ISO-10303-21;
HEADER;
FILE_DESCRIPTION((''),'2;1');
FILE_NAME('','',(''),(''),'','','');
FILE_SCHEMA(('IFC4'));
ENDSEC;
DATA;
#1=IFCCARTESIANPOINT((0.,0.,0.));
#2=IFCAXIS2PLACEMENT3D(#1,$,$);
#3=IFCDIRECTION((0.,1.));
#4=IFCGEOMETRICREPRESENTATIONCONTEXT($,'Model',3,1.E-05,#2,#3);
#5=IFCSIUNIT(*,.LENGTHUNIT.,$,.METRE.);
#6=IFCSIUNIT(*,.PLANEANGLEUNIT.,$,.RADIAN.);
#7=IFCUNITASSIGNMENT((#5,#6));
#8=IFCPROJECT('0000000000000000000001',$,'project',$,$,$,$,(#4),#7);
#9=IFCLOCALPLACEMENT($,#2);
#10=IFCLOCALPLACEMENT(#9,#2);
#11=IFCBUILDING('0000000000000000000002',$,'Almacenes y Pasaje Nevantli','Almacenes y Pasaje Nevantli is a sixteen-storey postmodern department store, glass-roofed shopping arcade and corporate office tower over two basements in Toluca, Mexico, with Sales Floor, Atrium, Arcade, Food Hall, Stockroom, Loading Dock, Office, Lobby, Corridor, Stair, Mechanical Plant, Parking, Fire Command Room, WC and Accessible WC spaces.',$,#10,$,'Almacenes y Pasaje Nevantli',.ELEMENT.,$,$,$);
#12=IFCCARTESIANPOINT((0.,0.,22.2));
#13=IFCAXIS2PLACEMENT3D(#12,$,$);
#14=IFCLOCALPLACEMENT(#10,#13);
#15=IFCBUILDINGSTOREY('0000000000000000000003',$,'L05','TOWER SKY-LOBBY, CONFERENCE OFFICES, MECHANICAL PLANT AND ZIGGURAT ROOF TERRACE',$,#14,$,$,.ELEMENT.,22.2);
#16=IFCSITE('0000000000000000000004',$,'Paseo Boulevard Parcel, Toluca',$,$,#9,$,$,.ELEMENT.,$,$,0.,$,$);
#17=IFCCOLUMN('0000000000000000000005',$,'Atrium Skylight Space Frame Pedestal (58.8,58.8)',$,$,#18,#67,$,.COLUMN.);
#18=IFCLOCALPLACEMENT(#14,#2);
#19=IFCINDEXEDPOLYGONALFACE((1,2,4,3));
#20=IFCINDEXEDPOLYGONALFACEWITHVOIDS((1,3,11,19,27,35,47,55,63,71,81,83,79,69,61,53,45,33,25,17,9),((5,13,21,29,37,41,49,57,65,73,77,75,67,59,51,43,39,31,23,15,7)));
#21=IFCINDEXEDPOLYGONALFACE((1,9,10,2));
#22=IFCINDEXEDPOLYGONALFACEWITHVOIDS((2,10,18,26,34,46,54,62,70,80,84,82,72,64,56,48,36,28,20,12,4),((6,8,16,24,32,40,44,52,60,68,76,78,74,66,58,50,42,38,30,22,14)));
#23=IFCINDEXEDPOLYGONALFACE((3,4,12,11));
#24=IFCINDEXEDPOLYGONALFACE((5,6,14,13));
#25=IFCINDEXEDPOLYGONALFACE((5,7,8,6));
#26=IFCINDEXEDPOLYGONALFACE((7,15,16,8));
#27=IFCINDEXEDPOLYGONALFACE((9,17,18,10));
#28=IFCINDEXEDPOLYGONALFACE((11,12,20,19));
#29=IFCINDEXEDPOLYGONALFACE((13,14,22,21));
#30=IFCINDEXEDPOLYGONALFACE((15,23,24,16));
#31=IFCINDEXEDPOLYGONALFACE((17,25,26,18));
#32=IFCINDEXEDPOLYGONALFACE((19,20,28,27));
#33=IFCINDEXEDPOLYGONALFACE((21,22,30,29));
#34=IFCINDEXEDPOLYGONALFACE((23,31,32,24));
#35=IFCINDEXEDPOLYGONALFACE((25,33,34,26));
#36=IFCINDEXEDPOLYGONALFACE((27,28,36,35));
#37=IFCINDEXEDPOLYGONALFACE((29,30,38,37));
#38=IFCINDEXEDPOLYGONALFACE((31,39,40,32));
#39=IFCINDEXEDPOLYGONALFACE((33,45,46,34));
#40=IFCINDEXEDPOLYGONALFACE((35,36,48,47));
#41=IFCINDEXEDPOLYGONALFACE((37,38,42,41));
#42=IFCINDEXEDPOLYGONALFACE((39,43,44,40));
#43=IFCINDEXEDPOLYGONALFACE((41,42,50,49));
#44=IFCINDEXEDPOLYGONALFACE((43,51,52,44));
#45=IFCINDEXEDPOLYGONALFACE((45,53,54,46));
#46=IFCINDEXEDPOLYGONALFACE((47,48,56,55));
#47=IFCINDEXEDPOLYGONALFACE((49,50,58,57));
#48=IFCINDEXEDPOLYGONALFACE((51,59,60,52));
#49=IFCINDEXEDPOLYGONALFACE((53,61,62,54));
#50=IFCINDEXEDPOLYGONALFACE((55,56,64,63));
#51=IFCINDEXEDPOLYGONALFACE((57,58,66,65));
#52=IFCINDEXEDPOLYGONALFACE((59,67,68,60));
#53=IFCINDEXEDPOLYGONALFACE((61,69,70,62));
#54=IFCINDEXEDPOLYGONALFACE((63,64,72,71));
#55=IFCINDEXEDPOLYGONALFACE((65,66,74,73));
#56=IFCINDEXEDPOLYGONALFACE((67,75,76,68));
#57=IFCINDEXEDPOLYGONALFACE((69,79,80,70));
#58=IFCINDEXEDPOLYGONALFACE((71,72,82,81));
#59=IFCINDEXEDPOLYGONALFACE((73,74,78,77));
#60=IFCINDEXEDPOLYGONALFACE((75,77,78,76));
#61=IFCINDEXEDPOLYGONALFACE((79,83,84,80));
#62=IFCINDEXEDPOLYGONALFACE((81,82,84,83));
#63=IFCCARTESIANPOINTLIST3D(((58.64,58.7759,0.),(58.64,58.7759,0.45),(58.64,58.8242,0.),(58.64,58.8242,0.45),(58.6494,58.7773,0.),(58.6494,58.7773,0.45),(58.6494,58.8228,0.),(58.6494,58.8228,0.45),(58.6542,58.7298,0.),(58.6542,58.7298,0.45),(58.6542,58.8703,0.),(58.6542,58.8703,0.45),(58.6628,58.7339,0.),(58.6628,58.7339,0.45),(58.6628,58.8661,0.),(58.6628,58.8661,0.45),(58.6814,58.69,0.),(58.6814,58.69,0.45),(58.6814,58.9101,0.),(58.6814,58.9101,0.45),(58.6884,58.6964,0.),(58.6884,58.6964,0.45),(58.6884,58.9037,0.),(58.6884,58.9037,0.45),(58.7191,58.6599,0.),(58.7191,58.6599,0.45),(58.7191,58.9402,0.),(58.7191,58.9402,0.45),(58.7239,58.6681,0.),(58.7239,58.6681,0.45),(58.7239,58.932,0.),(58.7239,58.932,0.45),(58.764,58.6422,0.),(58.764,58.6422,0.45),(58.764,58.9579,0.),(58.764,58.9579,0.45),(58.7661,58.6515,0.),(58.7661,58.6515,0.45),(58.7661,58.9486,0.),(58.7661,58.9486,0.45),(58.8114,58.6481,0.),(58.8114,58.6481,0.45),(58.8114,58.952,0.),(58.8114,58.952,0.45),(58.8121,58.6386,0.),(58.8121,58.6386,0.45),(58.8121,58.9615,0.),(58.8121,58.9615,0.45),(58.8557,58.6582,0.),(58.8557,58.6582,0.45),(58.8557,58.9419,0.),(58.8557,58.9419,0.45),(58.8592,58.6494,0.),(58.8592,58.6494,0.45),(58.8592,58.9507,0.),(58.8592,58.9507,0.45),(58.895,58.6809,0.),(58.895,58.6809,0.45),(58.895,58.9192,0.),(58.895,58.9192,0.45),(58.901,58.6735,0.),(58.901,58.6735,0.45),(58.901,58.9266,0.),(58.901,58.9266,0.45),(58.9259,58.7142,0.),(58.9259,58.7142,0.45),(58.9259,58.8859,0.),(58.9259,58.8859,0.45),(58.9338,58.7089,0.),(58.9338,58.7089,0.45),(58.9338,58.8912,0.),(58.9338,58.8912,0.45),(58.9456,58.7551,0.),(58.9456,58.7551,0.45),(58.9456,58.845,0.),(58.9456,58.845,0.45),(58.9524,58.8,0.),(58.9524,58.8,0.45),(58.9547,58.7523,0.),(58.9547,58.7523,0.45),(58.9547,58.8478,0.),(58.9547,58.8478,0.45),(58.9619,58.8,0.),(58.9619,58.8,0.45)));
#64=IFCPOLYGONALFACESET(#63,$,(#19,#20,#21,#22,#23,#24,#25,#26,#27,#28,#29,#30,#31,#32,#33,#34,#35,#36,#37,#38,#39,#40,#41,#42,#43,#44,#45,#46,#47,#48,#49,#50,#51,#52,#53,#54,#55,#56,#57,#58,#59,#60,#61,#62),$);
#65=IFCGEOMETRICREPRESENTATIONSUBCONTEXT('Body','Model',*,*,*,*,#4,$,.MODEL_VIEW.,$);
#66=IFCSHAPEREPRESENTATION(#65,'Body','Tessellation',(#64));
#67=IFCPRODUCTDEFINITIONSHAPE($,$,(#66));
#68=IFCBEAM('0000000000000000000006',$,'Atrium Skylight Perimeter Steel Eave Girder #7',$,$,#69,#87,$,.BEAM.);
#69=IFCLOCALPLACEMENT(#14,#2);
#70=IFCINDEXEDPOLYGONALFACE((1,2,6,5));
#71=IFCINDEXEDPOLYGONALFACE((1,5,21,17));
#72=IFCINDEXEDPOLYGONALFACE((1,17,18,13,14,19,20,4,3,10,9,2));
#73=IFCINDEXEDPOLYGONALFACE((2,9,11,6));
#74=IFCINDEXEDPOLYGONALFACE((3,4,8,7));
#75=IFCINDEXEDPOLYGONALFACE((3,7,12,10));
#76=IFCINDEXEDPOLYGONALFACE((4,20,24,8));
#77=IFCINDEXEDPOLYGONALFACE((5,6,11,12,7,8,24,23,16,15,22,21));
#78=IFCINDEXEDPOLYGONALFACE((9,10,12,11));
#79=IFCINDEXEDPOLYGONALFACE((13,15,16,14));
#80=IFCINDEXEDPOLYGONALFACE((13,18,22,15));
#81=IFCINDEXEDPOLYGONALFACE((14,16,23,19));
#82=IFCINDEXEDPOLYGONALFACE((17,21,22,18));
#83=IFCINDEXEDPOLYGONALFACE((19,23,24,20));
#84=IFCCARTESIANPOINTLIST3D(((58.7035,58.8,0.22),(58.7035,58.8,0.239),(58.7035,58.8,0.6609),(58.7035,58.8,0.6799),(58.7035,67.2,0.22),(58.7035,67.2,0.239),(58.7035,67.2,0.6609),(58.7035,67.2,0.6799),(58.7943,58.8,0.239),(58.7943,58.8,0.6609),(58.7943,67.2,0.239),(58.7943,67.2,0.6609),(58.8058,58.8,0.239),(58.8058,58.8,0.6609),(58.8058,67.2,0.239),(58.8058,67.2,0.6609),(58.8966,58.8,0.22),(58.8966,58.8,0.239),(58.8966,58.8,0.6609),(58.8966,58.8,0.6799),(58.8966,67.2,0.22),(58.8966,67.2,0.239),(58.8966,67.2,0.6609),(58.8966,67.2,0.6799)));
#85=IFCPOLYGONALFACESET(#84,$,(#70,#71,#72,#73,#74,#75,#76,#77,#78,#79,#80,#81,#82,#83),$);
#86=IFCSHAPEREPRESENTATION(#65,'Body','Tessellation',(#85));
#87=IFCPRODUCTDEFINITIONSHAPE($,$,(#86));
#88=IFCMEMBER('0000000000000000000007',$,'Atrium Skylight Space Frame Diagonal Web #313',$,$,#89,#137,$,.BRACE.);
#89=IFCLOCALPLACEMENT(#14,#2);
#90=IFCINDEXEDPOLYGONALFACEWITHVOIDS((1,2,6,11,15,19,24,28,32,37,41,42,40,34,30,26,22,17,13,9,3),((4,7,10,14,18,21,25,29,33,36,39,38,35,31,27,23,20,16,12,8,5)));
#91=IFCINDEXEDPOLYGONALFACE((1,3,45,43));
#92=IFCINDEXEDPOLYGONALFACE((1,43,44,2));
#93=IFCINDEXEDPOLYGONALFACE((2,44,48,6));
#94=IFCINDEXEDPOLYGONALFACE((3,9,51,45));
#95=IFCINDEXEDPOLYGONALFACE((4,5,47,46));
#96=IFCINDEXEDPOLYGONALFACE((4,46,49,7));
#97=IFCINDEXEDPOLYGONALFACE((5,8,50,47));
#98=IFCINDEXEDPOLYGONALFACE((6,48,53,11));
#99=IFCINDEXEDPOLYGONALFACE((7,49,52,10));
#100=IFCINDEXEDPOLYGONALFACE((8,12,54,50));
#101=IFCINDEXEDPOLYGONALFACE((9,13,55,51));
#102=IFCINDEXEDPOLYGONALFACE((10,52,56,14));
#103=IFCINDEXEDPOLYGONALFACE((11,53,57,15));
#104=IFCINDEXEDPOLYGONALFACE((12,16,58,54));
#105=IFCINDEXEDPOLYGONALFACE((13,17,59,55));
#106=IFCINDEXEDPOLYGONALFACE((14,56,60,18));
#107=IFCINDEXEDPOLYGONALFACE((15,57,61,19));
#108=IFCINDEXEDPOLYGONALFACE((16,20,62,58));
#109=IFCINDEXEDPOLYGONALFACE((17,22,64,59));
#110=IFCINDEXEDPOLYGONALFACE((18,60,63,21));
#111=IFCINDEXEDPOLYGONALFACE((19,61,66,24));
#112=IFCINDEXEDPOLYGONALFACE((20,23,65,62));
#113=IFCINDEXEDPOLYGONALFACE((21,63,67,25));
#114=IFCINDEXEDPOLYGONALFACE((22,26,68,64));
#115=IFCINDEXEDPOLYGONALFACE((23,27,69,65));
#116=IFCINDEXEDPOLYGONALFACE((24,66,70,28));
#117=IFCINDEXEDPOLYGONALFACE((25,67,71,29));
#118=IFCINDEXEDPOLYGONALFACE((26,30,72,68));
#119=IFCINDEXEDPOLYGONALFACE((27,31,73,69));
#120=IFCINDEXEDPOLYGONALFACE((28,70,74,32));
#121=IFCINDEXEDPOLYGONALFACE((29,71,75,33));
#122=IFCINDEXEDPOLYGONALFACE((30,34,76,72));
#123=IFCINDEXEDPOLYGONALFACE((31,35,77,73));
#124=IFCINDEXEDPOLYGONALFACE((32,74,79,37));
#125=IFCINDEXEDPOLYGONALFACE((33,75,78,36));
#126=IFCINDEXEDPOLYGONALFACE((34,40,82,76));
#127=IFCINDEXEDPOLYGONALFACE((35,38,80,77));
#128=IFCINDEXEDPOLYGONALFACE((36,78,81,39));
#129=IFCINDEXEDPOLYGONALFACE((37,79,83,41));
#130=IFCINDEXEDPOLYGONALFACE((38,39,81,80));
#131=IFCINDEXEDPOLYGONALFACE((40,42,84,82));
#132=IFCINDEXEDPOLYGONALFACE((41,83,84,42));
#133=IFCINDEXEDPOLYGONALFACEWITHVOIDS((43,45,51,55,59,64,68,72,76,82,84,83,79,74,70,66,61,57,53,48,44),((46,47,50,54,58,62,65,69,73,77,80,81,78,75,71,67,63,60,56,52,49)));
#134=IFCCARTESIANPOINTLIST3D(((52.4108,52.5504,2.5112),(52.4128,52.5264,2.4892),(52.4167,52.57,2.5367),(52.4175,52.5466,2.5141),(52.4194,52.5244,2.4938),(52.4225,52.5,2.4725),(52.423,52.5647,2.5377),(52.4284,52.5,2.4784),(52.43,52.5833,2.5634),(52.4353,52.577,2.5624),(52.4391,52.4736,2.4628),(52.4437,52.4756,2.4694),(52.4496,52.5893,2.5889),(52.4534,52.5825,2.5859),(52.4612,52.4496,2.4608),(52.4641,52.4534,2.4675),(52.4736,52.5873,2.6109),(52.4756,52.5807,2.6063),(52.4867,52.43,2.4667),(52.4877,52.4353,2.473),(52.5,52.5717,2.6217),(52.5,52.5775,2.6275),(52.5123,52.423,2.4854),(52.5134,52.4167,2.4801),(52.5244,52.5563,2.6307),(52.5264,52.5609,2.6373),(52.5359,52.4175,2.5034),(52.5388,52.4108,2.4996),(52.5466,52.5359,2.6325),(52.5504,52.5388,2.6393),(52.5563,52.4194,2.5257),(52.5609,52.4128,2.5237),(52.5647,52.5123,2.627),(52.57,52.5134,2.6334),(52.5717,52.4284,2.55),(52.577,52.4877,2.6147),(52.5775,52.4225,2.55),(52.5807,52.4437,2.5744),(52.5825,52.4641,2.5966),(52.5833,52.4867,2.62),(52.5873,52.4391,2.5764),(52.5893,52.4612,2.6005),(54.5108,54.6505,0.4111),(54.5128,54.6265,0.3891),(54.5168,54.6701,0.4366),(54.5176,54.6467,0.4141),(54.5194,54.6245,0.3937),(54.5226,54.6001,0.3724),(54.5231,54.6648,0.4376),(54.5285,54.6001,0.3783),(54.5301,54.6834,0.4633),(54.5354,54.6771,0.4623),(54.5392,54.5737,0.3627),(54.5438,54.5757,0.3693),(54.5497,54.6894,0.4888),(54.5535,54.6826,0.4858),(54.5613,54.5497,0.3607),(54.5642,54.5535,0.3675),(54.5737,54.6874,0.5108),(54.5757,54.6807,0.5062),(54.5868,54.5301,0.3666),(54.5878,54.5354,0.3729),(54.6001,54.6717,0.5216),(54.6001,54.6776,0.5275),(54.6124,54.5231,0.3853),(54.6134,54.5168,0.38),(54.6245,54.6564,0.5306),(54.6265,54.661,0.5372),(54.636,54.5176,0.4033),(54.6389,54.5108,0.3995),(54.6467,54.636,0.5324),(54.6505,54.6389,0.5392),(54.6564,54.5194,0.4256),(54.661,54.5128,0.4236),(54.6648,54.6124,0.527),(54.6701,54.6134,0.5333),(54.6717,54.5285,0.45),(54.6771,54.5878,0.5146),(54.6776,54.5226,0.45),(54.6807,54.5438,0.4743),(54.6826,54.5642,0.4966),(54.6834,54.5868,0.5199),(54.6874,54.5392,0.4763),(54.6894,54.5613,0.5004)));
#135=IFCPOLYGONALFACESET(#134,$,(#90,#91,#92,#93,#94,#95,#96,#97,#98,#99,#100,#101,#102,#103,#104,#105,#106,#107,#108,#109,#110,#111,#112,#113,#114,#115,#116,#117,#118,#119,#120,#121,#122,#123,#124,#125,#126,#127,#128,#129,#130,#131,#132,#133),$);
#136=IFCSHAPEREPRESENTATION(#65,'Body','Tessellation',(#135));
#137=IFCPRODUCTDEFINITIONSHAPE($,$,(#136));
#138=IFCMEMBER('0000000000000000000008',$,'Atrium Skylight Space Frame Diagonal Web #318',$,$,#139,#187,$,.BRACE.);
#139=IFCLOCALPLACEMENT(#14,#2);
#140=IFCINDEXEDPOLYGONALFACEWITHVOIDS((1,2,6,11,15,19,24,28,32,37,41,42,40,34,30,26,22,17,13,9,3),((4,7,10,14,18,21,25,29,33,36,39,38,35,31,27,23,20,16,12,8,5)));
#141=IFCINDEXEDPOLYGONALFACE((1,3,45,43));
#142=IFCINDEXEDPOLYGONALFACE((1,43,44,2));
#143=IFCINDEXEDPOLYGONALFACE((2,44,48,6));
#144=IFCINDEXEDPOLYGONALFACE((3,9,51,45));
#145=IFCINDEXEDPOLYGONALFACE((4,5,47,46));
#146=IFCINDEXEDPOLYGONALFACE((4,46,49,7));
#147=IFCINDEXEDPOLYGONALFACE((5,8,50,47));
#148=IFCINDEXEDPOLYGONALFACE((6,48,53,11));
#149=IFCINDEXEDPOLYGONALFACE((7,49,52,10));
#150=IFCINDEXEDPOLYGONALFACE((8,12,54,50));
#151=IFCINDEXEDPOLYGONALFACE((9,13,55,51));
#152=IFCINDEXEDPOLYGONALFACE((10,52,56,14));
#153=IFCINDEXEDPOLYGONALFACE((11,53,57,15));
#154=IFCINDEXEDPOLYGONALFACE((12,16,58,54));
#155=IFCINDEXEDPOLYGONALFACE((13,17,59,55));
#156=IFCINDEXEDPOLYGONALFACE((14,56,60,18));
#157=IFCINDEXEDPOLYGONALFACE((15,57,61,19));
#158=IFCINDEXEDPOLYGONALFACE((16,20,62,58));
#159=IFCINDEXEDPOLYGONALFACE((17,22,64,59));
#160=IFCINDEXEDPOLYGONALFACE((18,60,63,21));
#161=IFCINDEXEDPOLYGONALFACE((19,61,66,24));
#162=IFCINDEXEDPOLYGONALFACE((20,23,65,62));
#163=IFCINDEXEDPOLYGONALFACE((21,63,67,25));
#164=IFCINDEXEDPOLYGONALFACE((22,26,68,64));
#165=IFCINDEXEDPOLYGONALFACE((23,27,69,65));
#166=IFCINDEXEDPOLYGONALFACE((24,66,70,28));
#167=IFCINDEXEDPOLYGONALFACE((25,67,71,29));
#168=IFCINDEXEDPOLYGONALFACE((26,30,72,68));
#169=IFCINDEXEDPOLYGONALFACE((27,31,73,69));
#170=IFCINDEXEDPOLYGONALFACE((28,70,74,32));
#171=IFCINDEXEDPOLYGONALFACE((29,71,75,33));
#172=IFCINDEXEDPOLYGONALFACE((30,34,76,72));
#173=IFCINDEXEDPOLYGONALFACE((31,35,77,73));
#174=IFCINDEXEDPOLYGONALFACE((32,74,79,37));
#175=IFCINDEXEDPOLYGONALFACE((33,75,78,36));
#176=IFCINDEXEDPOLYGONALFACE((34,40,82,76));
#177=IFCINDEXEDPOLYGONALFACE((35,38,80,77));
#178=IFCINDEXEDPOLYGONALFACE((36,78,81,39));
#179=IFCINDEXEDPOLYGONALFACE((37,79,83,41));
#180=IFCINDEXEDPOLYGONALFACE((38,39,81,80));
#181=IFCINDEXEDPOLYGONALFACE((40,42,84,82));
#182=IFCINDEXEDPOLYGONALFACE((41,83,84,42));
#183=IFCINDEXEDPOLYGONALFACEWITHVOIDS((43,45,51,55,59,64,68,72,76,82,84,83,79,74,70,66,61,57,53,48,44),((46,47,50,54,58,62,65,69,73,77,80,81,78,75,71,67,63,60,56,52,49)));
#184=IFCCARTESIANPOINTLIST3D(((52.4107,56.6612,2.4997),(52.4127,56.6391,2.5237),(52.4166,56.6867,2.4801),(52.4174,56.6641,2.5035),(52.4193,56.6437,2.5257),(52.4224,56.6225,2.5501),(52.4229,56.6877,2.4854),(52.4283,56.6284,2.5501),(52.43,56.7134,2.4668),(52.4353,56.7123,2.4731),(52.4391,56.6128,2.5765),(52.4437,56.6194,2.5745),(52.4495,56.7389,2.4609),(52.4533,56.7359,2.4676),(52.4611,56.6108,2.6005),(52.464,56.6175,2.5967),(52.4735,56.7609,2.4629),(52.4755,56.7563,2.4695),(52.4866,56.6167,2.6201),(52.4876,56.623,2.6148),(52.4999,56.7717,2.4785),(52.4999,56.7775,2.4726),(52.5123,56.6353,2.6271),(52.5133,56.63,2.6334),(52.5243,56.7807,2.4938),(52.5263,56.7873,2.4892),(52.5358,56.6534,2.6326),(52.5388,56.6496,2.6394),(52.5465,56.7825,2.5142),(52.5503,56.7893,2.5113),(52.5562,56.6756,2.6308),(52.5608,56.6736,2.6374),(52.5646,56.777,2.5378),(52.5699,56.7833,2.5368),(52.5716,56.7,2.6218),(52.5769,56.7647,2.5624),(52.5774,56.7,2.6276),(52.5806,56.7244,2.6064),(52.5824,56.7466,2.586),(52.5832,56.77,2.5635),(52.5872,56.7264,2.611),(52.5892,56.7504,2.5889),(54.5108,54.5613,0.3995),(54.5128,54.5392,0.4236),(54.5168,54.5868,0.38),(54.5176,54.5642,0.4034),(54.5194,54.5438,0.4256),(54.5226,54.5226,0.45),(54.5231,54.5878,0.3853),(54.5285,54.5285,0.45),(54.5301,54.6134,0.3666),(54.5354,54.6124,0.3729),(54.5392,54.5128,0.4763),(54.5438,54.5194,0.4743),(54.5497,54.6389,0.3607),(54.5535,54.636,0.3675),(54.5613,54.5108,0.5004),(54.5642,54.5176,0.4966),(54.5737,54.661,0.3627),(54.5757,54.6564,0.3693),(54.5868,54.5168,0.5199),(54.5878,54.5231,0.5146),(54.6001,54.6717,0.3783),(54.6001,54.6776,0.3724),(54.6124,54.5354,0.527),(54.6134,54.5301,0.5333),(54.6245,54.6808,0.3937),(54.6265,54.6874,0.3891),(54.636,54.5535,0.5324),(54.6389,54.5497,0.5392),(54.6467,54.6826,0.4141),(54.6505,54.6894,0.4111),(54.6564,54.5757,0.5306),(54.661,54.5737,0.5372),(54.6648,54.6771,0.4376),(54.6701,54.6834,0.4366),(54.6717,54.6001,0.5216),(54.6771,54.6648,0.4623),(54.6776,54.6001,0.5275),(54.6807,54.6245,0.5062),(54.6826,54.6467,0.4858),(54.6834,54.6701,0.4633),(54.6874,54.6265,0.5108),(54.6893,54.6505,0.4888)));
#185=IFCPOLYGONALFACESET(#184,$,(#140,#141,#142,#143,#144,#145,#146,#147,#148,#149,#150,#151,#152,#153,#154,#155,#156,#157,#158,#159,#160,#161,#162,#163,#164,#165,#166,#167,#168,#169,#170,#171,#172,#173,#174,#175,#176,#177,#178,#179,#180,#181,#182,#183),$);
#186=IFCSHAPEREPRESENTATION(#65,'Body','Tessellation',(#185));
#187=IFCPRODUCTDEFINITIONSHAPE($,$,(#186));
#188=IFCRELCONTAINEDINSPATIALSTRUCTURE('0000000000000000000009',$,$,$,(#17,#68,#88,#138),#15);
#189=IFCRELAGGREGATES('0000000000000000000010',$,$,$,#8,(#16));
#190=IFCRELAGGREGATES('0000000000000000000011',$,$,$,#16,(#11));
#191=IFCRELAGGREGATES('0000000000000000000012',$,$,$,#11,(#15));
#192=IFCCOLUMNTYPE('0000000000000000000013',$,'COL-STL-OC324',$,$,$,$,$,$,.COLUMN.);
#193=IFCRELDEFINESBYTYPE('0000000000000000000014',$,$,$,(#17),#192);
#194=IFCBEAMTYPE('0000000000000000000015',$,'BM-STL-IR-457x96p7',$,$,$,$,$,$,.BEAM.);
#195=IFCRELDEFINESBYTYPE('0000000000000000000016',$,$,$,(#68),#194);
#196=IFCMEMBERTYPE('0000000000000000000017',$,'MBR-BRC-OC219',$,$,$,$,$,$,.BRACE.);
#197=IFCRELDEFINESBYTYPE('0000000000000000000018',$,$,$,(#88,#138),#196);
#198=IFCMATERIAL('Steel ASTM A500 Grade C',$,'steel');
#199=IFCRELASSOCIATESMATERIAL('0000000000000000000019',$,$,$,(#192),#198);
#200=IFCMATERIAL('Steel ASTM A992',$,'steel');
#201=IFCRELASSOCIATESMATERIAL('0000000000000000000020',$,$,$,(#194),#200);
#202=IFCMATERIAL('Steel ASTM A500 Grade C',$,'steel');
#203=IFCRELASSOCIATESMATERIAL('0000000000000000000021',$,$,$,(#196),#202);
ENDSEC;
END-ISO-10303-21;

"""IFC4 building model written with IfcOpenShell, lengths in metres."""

from ifc_helpers import new_model, si_unit, direction, frame, origin, origin_2d, place, context, subcontext, project, spatial, hollow_circle, i_section, extrude, material, material_profile, profile_set, type_object, element, save


model = new_model("IFC4")

# Units and contexts
model_context = context("Model", 3, precision=1e-05, world=origin(), true_north=direction((0.0, 1.0)))
body_context = subcontext(model_context, "Body", "Model", "MODEL_VIEW")
ifc_project = project(units=[si_unit("LENGTHUNIT", "METRE"), si_unit("PLANEANGLEUNIT", "RADIAN")], contexts=[model_context])

# Site, building, storey
site_placement = place(None, origin())
site = spatial("IfcSite", under=ifc_project, at=site_placement, Name="Paseo Boulevard Parcel, Toluca", CompositionType="ELEMENT", RefElevation=0.0)
building_placement = place(site_placement, origin())
building = spatial("IfcBuilding", under=site, at=building_placement, Name="Almacenes y Pasaje Nevantli", Description="Almacenes y Pasaje Nevantli is a sixteen-storey postmodern department store, glass-roofed shopping arcade and corporate office tower over two basements in Toluca, Mexico, with Sales Floor, Atrium, Arcade, Food Hall, Stockroom, Loading Dock, Office, Lobby, Corridor, Stair, Mechanical Plant, Parking, Fire Command Room, WC and Accessible WC spaces.", LongName="Almacenes y Pasaje Nevantli", CompositionType="ELEMENT")
storey_placement = place(building_placement, frame((0.0, 0.0, 22.2)))
storey = spatial("IfcBuildingStorey", under=building, at=storey_placement, Name="L05", Description="TOWER SKY-LOBBY, CONFERENCE OFFICES, MECHANICAL PLANT AND ZIGGURAT ROOF TERRACE", CompositionType="ELEMENT", Elevation=22.2)

# Column
ifc_material_1 = material(Name="Steel ASTM A500 Grade C", Category="steel")
ifc_material_profile_1 = material_profile(ifc_material_1, hollow_circle(Radius=0.1619, WallThickness=0.0095, at=origin_2d()), Name="OC 324x9.5")
ifc_profile_set_1 = profile_set([ifc_material_profile_1], Name="Steel ASTM A500 Grade C")
column_type = type_object("IfcColumnType", Name="COL-STL-OC324", PredefinedType="COLUMN", material=ifc_profile_set_1)
column_placement = place(storey_placement, frame((58.8, 58.8, 0.0), z_axis=(0.0, 0.0, 1.0), x_axis=(1.0, 0.0, 0.0)))
element("IfcColumn", 1, at=column_placement, inside=storey, type_object=column_type, Name="Atrium Skylight Space Frame Pedestal (58.8,58.8)", PredefinedType="COLUMN", context=body_context, shape_type="SweptSolid", body=[
    extrude(hollow_circle(Radius=0.1619, WallThickness=0.0095, at=origin_2d()), origin(), (0.0, 0.0, 1.0), 0.45),
])

# Beam
ifc_material_2 = material(Name="Steel ASTM A992", Category="steel")
ifc_material_profile_2 = material_profile(ifc_material_2, i_section(OverallWidth=0.1931, OverallDepth=0.46, WebThickness=0.0115, FlangeThickness=0.019, at=origin_2d()), Name="IR 457x96.7")
ifc_profile_set_2 = profile_set([ifc_material_profile_2], Name="Steel ASTM A992")
beam_type = type_object("IfcBeamType", Name="BM-STL-IR-457x96p7", PredefinedType="BEAM", material=ifc_profile_set_2)
beam_placement = place(storey_placement, frame((58.8, 58.8, 0.45), z_axis=(0.0, 1.0, 0.0), x_axis=(-1.0, 0.0, 0.0)))
element("IfcBeam", 2, at=beam_placement, inside=storey, type_object=beam_type, Name="Atrium Skylight Perimeter Steel Eave Girder #7", PredefinedType="BEAM", context=body_context, shape_type="SweptSolid", body=[
    extrude(i_section(OverallWidth=0.1931, OverallDepth=0.46, WebThickness=0.0115, FlangeThickness=0.019, at=origin_2d()), origin(), (0.0, 0.0, 1.0), 8.3999),
])

# Members
ifc_material_3 = material(Name="Steel ASTM A500 Grade C", Category="steel")
ifc_material_profile_3 = material_profile(ifc_material_3, hollow_circle(Radius=0.1096, WallThickness=0.0083, at=origin_2d()), Name="OC 219x8.2")
ifc_profile_set_3 = profile_set([ifc_material_profile_3], Name="Steel ASTM A500 Grade C")
member_type_1 = type_object("IfcMemberType", Name="MBR-BRC-OC219", PredefinedType="BRACE", material=ifc_profile_set_3)
for number, where, z_axis, x_axis, name in (
    (3, (54.6001, 54.6001, 0.45), (-0.57735, -0.57735, 0.57735), (0.707107, -0.707107, 0.0), "Atrium Skylight Space Frame Diagonal Web #313"),
    (4, (54.6001, 54.6001, 0.45), (-0.577373, 0.577306, 0.577373), (-0.707066, -0.707148, 0.0), "Atrium Skylight Space Frame Diagonal Web #318"),
):
    element("IfcMember", number, at=place(storey_placement, frame(where, z_axis=z_axis, x_axis=x_axis)), inside=storey, type_object=member_type_1, Name=name, PredefinedType="BRACE", context=body_context, shape_type="SweptSolid", body=[
        extrude(hollow_circle(Radius=0.1096, WallThickness=0.0083, at=origin_2d()), origin(), (0.0, 0.0, 1.0), 3.6375),
    ])

save(model, "model.ifc")
